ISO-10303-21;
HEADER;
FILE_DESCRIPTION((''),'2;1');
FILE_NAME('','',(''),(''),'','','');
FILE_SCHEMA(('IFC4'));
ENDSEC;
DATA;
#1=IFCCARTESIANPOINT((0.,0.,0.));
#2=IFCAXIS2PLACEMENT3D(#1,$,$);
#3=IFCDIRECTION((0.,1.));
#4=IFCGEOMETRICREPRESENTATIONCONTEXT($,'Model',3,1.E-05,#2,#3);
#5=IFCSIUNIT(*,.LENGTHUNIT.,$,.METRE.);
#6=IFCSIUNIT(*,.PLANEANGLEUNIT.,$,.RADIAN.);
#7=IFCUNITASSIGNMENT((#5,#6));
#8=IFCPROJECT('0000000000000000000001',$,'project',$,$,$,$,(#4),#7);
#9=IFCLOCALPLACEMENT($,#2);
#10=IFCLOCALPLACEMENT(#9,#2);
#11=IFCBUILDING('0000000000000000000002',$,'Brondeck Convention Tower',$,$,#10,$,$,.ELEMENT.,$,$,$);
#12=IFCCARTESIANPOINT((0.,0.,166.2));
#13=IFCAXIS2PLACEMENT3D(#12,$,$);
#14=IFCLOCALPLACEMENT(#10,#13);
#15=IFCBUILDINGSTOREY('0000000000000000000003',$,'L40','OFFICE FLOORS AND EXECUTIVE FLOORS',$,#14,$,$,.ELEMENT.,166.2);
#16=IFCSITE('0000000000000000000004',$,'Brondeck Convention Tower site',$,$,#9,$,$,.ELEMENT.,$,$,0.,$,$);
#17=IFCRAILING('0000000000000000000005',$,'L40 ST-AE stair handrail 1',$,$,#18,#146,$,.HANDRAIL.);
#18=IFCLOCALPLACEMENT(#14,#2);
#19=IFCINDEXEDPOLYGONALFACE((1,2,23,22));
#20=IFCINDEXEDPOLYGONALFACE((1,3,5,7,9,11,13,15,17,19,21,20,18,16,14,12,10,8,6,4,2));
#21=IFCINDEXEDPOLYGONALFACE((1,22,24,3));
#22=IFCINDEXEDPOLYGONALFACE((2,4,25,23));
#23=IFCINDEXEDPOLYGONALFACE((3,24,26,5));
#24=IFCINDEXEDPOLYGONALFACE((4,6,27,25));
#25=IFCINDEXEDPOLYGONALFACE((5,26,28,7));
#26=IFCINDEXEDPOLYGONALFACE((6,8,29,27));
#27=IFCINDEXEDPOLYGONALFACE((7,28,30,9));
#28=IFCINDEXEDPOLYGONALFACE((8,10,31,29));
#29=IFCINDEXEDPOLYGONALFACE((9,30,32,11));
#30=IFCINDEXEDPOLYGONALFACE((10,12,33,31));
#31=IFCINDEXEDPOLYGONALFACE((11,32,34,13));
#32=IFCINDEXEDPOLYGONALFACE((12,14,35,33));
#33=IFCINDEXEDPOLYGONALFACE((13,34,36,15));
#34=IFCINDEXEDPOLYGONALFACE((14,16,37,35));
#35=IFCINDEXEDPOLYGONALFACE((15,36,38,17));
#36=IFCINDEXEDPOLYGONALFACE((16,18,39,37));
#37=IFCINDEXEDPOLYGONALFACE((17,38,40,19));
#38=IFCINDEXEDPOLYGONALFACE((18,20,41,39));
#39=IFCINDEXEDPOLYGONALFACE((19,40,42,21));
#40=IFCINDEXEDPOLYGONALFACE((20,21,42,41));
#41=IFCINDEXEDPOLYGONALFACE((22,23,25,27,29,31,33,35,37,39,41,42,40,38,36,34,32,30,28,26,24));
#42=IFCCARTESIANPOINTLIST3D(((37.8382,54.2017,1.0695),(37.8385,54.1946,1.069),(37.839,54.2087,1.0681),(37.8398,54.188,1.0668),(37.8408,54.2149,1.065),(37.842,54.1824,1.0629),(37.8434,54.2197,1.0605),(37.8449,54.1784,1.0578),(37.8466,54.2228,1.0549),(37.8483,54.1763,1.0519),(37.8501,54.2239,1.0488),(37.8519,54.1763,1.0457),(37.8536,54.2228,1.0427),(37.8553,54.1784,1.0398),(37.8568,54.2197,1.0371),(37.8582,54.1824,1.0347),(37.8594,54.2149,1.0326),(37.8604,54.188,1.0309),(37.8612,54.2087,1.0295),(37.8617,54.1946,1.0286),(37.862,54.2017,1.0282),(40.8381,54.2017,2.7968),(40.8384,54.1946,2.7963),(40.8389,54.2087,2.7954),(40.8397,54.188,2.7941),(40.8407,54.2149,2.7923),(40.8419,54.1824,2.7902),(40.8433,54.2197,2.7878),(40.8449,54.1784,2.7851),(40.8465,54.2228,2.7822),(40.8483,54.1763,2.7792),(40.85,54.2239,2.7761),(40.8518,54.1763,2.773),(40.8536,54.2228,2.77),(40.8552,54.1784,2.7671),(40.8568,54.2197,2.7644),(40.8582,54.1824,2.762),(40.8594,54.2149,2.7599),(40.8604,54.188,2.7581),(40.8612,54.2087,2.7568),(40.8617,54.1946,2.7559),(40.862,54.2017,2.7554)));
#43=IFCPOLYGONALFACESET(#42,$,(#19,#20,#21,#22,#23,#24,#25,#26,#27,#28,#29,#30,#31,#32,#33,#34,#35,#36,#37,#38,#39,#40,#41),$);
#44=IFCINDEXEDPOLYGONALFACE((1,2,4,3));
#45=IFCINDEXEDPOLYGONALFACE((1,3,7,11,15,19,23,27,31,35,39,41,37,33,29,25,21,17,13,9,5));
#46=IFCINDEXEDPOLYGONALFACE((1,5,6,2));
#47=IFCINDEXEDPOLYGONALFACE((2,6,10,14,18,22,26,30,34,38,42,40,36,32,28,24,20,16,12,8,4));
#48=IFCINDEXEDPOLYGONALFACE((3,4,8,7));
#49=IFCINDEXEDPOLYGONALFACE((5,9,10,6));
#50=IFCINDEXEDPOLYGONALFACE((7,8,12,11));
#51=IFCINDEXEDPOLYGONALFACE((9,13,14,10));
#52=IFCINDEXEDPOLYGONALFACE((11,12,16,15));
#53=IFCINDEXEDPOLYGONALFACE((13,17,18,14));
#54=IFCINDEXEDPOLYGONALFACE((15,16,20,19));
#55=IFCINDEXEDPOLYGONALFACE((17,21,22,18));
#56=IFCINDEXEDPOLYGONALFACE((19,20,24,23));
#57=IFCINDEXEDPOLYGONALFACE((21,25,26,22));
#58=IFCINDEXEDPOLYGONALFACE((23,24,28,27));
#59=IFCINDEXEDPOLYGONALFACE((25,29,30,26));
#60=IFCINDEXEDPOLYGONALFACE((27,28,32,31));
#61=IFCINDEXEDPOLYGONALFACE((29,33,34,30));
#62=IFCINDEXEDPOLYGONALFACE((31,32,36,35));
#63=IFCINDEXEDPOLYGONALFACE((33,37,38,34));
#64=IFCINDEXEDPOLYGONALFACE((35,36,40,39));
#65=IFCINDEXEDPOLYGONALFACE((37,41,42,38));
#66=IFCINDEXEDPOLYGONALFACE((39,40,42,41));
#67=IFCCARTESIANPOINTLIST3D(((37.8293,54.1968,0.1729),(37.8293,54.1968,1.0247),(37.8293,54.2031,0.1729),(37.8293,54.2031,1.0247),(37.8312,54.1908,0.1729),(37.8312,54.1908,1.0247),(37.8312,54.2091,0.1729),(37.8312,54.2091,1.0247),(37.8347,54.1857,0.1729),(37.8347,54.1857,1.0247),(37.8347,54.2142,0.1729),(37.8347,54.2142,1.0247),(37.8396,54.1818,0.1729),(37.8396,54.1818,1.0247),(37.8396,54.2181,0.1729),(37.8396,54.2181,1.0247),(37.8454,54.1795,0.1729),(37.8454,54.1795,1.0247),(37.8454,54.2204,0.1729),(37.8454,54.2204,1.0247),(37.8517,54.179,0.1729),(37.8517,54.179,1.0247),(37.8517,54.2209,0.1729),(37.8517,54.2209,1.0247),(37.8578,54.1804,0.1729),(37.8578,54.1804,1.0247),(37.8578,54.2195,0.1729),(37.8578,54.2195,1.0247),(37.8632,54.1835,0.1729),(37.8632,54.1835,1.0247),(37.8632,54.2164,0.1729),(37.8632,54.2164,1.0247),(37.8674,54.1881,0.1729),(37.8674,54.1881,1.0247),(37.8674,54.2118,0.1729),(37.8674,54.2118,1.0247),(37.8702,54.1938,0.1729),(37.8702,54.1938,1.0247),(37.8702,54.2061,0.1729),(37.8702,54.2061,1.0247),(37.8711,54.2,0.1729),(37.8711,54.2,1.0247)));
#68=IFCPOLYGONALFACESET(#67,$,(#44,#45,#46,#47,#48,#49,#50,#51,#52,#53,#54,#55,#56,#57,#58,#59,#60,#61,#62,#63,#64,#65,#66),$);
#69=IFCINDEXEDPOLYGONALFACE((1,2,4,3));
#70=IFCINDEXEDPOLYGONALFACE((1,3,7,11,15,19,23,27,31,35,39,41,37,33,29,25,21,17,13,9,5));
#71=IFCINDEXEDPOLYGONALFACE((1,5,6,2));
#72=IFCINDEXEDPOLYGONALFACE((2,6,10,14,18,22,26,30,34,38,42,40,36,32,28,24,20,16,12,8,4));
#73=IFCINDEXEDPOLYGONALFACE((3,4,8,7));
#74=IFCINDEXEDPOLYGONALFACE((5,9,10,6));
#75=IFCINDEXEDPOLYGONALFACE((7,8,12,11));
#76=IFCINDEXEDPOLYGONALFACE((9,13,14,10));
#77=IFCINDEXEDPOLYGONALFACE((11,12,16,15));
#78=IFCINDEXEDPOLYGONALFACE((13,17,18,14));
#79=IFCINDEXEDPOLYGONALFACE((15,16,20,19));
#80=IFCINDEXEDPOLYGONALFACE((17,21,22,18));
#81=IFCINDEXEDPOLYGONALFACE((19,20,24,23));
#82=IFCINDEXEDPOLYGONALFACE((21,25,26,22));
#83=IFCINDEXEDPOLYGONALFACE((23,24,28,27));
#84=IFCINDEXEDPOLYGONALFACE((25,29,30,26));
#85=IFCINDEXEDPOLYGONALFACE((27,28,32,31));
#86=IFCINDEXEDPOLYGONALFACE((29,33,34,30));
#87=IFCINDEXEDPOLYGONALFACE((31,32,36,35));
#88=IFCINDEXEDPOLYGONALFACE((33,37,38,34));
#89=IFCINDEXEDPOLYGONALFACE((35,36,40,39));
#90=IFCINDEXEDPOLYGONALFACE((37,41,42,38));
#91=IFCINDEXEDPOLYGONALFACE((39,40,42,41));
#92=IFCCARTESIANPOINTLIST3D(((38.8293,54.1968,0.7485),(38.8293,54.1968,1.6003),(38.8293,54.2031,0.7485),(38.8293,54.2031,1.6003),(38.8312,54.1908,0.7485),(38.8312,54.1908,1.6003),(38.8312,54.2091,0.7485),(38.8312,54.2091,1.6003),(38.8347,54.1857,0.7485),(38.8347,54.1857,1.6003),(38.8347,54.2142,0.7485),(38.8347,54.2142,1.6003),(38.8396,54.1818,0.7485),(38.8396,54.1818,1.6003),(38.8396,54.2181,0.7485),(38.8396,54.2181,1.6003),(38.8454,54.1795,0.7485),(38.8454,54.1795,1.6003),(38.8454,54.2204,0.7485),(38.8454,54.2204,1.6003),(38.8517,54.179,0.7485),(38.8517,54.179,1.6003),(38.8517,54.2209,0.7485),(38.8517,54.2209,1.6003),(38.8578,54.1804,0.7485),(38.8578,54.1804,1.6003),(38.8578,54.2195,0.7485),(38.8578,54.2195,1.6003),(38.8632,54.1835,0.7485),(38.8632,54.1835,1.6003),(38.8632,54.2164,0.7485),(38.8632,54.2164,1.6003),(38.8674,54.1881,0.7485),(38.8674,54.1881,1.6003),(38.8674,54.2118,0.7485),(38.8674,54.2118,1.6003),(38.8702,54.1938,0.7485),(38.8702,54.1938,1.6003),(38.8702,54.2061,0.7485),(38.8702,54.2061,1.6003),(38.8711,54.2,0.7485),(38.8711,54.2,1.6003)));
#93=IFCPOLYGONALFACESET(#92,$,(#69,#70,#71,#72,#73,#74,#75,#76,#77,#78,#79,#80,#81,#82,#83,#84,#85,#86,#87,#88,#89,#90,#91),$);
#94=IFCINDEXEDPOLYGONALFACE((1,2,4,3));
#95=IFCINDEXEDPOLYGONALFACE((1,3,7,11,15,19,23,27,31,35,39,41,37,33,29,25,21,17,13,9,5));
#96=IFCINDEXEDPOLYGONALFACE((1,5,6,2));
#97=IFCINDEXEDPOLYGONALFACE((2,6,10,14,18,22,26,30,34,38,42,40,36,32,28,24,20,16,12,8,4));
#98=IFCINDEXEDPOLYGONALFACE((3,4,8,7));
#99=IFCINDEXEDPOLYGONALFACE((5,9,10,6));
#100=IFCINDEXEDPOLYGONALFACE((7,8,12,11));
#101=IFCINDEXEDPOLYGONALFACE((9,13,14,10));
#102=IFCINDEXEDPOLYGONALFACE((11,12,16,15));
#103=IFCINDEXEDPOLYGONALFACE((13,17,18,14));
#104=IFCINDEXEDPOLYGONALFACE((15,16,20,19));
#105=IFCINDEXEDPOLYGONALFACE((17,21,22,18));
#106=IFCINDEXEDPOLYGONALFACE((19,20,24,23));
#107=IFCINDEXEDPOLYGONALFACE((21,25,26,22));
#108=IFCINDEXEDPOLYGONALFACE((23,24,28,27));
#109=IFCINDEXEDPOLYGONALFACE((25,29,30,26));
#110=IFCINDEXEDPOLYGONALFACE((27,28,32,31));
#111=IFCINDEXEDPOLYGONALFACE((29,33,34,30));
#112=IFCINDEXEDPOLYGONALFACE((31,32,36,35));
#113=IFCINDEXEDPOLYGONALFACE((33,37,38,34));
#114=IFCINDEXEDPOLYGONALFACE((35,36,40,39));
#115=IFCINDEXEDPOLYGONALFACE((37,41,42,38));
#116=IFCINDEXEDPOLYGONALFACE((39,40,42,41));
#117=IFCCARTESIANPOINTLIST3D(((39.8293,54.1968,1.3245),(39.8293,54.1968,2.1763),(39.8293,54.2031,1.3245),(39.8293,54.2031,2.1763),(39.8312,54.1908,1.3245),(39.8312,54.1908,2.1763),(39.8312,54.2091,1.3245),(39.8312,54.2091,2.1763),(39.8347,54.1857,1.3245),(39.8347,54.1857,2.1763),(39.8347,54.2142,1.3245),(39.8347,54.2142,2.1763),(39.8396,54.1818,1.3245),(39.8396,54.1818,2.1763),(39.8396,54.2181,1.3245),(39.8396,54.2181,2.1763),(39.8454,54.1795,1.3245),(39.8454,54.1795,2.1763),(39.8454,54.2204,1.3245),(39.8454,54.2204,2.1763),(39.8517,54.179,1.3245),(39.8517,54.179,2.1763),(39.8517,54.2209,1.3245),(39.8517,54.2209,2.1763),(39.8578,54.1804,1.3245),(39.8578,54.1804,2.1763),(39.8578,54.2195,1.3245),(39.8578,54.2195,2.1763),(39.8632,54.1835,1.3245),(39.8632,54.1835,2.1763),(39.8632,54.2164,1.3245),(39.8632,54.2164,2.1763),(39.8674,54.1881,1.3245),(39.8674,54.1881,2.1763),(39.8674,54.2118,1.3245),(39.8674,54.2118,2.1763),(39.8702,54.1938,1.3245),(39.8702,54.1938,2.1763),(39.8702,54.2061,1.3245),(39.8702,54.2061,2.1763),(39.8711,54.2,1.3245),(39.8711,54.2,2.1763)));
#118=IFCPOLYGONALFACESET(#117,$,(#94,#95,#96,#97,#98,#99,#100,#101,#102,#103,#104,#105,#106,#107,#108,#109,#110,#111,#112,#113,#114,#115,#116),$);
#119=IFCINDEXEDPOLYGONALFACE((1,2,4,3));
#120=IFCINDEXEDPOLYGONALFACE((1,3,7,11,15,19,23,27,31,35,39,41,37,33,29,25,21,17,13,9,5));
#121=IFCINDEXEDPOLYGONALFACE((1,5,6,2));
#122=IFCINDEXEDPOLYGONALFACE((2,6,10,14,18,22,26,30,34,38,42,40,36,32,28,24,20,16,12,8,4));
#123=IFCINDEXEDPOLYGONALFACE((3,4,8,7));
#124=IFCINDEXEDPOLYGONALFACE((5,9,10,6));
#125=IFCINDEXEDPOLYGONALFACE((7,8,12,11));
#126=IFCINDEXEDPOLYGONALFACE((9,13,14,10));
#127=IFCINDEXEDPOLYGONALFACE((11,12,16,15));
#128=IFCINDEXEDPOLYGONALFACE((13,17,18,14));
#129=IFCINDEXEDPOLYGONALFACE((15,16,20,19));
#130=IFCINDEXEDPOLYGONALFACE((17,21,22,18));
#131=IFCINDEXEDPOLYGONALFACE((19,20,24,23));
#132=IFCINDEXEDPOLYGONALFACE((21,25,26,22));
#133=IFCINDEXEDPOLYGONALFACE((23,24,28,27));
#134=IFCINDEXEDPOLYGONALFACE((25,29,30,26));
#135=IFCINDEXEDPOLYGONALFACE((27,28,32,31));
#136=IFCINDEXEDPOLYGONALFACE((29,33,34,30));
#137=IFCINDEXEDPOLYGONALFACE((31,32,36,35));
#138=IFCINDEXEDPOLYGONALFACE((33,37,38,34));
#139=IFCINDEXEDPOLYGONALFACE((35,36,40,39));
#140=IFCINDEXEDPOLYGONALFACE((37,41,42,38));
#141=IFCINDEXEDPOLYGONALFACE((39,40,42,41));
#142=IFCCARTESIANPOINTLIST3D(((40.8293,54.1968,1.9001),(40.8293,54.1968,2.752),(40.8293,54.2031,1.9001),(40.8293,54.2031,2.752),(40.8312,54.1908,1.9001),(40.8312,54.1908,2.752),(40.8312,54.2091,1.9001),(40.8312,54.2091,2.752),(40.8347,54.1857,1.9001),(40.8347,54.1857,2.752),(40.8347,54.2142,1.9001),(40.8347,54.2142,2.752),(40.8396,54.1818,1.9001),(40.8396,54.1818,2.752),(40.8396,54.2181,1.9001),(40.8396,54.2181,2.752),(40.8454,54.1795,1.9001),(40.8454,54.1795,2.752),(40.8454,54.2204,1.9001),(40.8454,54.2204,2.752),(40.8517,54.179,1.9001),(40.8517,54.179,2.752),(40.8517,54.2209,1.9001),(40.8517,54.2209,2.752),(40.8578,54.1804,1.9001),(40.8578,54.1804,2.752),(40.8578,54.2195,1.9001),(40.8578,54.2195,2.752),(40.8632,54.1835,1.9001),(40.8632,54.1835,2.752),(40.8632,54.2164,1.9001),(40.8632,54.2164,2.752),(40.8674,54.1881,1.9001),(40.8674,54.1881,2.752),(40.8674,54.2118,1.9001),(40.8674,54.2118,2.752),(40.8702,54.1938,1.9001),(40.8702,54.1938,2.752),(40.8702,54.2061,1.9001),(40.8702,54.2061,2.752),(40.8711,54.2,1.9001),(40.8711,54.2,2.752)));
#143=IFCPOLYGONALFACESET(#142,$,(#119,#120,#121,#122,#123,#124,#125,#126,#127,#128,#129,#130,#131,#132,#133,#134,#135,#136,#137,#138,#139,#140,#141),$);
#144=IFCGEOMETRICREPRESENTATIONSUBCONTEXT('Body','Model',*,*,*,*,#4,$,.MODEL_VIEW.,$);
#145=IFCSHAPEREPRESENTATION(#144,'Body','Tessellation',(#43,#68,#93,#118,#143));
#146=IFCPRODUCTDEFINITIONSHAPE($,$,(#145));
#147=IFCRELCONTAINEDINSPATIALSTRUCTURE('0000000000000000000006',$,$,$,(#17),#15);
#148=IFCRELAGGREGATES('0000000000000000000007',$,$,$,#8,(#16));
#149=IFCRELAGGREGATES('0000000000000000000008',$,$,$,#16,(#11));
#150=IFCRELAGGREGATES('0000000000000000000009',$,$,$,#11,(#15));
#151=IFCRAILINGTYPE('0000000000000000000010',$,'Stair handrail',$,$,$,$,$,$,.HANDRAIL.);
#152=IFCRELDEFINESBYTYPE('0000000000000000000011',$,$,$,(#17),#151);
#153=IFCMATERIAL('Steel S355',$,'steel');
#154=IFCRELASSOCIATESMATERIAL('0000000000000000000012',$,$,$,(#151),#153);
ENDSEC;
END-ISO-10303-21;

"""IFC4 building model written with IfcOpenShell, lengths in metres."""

from ifc_helpers import new_model, si_unit, direction, frame, origin, origin_2d, place, context, subcontext, project, spatial, circle, extrude, material, type_object, element, save


model = new_model("IFC4")

# Units and contexts
model_context = context("Model", 3, precision=1e-05, world=origin(), true_north=direction((0.0, 1.0)))
body_context = subcontext(model_context, "Body", "Model", "MODEL_VIEW")
ifc_project = project(units=[si_unit("LENGTHUNIT", "METRE"), si_unit("PLANEANGLEUNIT", "RADIAN")], contexts=[model_context])

# Site, building, storey
site_placement = place(None, origin())
site = spatial("IfcSite", under=ifc_project, at=site_placement, Name="Brondeck Convention Tower site", CompositionType="ELEMENT", RefElevation=0.0)
building_placement = place(site_placement, origin())
building = spatial("IfcBuilding", under=site, at=building_placement, Name="Brondeck Convention Tower", CompositionType="ELEMENT")
storey_placement = place(building_placement, frame((0.0, 0.0, 166.2)))
storey = spatial("IfcBuildingStorey", under=building, at=storey_placement, Name="L40", Description="OFFICE FLOORS AND EXECUTIVE FLOORS", CompositionType="ELEMENT", Elevation=166.2)

# Shared definitions
ifc_material_1 = material(Name="Steel S355", Category="steel")

# Railing
railing_type_1 = type_object("IfcRailingType", Name="Stair handrail", PredefinedType="HANDRAIL", material=ifc_material_1)
railing_1_placement = place(storey_placement, frame((37.8501, 54.2, 0.1729)))
element("IfcRailing", 1, at=railing_1_placement, inside=storey, type_object=railing_type_1, Name="L40 ST-AE stair handrail 1", PredefinedType="HANDRAIL", context=body_context, shape_type="SweptSolid", body=[
    extrude(circle(Radius=0.0239, at=origin_2d()), frame((0.0, 0.0, 0.876), z_axis=(0.86662, 0.0, 0.498969), x_axis=(0.0, 1.0, 0.0)), (0.0, 0.0, 1.0), 3.4617),
    extrude(circle(Radius=0.021, at=origin_2d()), origin(), (0.0, 0.0, 1.0), 0.8518),
    extrude(circle(Radius=0.021, at=origin_2d()), frame((1.0, 0.0, 0.5757)), (0.0, 0.0, 1.0), 0.8518),
    extrude(circle(Radius=0.021, at=origin_2d()), frame((2.0, 0.0, 1.1516)), (0.0, 0.0, 1.0), 0.8518),
    extrude(circle(Radius=0.021, at=origin_2d()), frame((3.0, 0.0, 1.7273)), (0.0, 0.0, 1.0), 0.8518),
])

save(model, "model.ifc")
